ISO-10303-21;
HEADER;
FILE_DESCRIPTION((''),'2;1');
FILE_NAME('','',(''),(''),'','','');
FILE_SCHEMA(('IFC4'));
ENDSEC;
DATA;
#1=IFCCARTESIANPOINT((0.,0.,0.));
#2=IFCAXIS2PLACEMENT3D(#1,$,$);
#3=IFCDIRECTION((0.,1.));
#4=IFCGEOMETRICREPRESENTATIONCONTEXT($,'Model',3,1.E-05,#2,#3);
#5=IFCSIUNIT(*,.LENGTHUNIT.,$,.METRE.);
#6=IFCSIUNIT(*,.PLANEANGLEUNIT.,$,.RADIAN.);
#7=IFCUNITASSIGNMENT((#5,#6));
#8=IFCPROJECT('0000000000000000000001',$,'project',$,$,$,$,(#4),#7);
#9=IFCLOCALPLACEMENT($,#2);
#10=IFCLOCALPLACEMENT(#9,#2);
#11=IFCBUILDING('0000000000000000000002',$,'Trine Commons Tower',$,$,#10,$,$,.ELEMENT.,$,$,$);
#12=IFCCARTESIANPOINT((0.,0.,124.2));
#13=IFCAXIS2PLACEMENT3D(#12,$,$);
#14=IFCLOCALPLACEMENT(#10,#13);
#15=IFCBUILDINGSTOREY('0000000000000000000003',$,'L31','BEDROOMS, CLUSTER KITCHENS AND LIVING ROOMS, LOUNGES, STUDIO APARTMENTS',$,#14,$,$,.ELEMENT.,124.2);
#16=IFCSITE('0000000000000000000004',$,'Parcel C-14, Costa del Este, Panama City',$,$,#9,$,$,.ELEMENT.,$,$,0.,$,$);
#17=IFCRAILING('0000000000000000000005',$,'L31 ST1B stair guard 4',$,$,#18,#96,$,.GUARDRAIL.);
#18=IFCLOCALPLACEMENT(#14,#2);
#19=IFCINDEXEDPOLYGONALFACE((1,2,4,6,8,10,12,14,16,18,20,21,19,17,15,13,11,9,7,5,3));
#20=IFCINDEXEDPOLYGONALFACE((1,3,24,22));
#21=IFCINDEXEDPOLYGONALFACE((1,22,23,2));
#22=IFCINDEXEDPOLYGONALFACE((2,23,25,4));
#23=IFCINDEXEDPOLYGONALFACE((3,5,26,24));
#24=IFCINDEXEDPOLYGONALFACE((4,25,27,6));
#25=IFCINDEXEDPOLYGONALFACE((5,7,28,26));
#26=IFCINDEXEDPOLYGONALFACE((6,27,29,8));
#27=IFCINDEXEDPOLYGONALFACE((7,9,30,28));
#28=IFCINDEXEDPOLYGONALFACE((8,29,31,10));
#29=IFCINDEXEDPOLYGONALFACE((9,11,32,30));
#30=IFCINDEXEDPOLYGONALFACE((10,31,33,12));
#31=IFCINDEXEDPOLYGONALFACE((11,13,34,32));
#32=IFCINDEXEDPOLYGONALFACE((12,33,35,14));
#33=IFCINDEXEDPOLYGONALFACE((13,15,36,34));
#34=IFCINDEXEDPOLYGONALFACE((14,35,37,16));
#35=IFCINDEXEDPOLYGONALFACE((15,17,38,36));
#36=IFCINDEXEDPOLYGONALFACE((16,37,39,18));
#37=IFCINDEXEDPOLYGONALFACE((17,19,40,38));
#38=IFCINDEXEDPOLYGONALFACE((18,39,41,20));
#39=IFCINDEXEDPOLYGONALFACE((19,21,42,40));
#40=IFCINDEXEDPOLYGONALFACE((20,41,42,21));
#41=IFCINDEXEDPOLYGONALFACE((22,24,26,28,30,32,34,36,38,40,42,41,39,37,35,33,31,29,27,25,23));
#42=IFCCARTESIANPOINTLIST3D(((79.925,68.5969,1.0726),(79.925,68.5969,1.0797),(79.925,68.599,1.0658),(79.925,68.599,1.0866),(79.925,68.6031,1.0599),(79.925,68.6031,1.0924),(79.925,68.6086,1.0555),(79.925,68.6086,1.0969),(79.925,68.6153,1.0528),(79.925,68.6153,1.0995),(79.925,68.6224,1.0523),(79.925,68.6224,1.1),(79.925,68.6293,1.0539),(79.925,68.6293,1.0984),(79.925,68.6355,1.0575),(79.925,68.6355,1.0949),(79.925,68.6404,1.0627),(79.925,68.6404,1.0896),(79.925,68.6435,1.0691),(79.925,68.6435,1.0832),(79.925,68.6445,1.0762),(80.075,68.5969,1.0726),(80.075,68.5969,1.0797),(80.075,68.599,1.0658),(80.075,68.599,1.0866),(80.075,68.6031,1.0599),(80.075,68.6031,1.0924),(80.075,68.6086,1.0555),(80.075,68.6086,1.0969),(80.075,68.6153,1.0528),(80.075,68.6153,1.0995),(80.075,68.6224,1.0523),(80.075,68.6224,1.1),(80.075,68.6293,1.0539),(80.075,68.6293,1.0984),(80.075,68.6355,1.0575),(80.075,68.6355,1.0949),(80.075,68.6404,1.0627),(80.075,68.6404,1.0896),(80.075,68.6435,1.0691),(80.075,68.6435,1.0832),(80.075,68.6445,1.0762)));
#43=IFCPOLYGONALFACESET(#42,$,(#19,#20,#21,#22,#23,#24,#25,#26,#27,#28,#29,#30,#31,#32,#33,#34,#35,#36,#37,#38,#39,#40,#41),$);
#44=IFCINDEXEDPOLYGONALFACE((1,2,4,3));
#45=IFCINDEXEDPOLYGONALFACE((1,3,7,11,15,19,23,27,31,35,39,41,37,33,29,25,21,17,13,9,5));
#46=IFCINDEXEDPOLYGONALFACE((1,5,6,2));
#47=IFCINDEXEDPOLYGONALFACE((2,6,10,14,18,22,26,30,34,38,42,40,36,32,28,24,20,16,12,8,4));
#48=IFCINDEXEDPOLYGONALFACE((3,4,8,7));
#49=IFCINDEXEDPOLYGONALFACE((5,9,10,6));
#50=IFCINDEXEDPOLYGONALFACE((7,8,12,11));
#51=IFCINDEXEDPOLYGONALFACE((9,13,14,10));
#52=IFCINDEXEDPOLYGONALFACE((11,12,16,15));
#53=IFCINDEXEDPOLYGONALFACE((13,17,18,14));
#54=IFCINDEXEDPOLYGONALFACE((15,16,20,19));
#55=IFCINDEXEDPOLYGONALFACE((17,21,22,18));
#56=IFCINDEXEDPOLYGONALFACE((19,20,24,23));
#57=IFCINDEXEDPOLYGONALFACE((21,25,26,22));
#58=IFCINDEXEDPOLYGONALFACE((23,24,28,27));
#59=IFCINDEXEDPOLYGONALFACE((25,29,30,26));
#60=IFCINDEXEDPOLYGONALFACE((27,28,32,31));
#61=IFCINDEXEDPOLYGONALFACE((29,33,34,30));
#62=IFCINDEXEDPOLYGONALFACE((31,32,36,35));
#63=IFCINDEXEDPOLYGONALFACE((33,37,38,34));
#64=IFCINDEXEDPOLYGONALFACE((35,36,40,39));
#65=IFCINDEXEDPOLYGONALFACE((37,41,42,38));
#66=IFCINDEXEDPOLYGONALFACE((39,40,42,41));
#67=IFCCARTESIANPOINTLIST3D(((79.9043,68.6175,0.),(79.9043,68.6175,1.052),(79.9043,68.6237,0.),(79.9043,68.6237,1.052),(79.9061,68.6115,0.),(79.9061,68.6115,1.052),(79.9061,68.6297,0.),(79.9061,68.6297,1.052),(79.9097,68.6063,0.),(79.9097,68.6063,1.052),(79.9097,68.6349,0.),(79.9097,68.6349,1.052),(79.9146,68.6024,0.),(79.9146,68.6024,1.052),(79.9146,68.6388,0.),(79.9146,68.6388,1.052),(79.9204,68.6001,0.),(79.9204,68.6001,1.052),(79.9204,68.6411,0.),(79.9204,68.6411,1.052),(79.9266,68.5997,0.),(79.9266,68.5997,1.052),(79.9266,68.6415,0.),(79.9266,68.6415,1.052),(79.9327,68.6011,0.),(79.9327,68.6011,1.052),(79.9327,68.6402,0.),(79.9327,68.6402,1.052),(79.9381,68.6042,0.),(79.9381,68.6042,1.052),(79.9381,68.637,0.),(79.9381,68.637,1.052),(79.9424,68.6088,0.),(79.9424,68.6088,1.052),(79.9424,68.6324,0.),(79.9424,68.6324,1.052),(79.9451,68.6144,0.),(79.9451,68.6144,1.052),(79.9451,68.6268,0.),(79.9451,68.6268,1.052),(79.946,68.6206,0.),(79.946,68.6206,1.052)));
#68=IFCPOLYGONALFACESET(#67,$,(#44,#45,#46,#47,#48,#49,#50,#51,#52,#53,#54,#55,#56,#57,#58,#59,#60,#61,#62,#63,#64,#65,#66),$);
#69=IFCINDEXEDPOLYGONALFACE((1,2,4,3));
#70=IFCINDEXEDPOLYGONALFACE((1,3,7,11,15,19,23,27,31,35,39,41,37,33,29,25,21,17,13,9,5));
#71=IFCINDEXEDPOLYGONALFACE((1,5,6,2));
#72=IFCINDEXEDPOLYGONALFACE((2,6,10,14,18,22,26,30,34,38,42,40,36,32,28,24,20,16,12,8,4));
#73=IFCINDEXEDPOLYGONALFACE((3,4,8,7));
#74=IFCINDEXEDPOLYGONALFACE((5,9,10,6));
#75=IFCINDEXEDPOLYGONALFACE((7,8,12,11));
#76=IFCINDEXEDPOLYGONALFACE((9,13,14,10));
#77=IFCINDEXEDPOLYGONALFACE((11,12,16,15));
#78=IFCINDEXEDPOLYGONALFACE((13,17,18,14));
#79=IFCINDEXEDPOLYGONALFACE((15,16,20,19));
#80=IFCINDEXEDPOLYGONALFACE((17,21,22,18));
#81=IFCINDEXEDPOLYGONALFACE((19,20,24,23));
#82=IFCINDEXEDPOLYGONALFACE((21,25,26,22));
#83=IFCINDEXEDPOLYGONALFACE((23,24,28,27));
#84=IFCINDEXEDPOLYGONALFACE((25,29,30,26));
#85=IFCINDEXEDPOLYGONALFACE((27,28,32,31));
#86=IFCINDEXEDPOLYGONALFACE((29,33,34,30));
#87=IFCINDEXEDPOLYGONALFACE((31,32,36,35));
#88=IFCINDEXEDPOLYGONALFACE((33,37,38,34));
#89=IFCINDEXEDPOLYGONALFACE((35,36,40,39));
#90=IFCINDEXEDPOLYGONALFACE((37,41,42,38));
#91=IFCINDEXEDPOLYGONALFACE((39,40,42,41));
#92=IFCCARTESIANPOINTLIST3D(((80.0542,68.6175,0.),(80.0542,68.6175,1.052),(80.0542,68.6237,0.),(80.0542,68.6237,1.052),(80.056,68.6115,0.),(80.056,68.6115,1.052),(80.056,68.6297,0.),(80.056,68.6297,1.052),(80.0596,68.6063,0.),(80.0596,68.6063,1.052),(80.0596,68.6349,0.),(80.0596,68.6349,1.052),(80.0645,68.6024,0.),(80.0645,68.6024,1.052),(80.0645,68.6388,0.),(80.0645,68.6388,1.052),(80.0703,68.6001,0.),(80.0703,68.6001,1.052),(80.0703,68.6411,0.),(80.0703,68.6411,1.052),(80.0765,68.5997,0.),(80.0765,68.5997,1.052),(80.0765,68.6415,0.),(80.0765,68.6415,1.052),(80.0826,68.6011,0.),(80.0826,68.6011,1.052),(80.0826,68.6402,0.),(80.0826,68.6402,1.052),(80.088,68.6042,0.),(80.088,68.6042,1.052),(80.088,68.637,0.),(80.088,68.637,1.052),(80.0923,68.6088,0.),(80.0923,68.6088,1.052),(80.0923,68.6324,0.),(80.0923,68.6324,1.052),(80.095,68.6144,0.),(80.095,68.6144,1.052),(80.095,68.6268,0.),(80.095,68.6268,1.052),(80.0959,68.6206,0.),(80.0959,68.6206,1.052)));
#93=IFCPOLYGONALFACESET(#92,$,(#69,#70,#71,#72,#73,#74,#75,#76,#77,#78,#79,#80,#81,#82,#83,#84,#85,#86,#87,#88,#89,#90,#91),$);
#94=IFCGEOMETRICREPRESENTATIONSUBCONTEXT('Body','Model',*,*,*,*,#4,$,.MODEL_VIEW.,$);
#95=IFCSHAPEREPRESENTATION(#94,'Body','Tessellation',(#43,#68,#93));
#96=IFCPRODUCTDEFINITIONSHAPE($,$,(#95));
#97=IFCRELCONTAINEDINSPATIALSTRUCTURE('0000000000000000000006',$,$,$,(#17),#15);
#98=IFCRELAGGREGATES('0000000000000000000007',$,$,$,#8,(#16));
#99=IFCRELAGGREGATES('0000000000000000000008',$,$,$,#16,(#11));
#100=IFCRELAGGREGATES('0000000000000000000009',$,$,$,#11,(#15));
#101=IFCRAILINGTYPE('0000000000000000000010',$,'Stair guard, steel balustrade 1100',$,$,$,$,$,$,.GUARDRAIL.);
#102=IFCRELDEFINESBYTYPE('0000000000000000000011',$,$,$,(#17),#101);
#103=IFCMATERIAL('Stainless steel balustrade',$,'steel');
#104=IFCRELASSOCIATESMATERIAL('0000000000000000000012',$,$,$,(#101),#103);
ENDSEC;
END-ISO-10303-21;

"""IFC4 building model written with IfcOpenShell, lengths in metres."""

from ifc_helpers import new_model, si_unit, direction, frame, origin, origin_2d, place, context, subcontext, project, spatial, circle, extrude, material, type_object, element, save


model = new_model("IFC4")

# Units and contexts
model_context = context("Model", 3, precision=1e-05, world=origin(), true_north=direction((0.0, 1.0)))
body_context = subcontext(model_context, "Body", "Model", "MODEL_VIEW")
ifc_project = project(units=[si_unit("LENGTHUNIT", "METRE"), si_unit("PLANEANGLEUNIT", "RADIAN")], contexts=[model_context])

# Site, building, storey
site_placement = place(None, origin())
site = spatial("IfcSite", under=ifc_project, at=site_placement, Name="Parcel C-14, Costa del Este, Panama City", CompositionType="ELEMENT", RefElevation=0.0)
building_placement = place(site_placement, origin())
building = spatial("IfcBuilding", under=site, at=building_placement, Name="Trine Commons Tower", CompositionType="ELEMENT")
storey_placement = place(building_placement, frame((0.0, 0.0, 124.2)))
storey = spatial("IfcBuildingStorey", under=building, at=storey_placement, Name="L31", Description="BEDROOMS, CLUSTER KITCHENS AND LIVING ROOMS, LOUNGES, STUDIO APARTMENTS", CompositionType="ELEMENT", Elevation=124.2)

# Railing
ifc_material_1 = material(Name="Stainless steel balustrade", Category="steel")
railing_type_1 = type_object("IfcRailingType", Name="Stair guard, steel balustrade 1100", PredefinedType="GUARDRAIL", material=ifc_material_1)
railing_1_placement = place(storey_placement, frame((79.925, 68.6206, 0.0)))
element("IfcRailing", 1, at=railing_1_placement, inside=storey, type_object=railing_type_1, Name="L31 ST1B stair guard 4", PredefinedType="GUARDRAIL", context=body_context, shape_type="SweptSolid", body=[
    extrude(circle(Radius=0.0239, at=origin_2d()), frame((0.0, 0.0, 1.0762), z_axis=(1.0, 0.0, 0.0), x_axis=(0.0, 1.0, 0.0)), (0.0, 0.0, 1.0), 0.1499),
    extrude(circle(Radius=0.021, at=origin_2d()), origin(), (0.0, 0.0, 1.0), 1.052),
    extrude(circle(Radius=0.021, at=origin_2d()), frame((0.1499, 0.0, 0.0)), (0.0, 0.0, 1.0), 1.052),
])

save(model, "model.ifc")
